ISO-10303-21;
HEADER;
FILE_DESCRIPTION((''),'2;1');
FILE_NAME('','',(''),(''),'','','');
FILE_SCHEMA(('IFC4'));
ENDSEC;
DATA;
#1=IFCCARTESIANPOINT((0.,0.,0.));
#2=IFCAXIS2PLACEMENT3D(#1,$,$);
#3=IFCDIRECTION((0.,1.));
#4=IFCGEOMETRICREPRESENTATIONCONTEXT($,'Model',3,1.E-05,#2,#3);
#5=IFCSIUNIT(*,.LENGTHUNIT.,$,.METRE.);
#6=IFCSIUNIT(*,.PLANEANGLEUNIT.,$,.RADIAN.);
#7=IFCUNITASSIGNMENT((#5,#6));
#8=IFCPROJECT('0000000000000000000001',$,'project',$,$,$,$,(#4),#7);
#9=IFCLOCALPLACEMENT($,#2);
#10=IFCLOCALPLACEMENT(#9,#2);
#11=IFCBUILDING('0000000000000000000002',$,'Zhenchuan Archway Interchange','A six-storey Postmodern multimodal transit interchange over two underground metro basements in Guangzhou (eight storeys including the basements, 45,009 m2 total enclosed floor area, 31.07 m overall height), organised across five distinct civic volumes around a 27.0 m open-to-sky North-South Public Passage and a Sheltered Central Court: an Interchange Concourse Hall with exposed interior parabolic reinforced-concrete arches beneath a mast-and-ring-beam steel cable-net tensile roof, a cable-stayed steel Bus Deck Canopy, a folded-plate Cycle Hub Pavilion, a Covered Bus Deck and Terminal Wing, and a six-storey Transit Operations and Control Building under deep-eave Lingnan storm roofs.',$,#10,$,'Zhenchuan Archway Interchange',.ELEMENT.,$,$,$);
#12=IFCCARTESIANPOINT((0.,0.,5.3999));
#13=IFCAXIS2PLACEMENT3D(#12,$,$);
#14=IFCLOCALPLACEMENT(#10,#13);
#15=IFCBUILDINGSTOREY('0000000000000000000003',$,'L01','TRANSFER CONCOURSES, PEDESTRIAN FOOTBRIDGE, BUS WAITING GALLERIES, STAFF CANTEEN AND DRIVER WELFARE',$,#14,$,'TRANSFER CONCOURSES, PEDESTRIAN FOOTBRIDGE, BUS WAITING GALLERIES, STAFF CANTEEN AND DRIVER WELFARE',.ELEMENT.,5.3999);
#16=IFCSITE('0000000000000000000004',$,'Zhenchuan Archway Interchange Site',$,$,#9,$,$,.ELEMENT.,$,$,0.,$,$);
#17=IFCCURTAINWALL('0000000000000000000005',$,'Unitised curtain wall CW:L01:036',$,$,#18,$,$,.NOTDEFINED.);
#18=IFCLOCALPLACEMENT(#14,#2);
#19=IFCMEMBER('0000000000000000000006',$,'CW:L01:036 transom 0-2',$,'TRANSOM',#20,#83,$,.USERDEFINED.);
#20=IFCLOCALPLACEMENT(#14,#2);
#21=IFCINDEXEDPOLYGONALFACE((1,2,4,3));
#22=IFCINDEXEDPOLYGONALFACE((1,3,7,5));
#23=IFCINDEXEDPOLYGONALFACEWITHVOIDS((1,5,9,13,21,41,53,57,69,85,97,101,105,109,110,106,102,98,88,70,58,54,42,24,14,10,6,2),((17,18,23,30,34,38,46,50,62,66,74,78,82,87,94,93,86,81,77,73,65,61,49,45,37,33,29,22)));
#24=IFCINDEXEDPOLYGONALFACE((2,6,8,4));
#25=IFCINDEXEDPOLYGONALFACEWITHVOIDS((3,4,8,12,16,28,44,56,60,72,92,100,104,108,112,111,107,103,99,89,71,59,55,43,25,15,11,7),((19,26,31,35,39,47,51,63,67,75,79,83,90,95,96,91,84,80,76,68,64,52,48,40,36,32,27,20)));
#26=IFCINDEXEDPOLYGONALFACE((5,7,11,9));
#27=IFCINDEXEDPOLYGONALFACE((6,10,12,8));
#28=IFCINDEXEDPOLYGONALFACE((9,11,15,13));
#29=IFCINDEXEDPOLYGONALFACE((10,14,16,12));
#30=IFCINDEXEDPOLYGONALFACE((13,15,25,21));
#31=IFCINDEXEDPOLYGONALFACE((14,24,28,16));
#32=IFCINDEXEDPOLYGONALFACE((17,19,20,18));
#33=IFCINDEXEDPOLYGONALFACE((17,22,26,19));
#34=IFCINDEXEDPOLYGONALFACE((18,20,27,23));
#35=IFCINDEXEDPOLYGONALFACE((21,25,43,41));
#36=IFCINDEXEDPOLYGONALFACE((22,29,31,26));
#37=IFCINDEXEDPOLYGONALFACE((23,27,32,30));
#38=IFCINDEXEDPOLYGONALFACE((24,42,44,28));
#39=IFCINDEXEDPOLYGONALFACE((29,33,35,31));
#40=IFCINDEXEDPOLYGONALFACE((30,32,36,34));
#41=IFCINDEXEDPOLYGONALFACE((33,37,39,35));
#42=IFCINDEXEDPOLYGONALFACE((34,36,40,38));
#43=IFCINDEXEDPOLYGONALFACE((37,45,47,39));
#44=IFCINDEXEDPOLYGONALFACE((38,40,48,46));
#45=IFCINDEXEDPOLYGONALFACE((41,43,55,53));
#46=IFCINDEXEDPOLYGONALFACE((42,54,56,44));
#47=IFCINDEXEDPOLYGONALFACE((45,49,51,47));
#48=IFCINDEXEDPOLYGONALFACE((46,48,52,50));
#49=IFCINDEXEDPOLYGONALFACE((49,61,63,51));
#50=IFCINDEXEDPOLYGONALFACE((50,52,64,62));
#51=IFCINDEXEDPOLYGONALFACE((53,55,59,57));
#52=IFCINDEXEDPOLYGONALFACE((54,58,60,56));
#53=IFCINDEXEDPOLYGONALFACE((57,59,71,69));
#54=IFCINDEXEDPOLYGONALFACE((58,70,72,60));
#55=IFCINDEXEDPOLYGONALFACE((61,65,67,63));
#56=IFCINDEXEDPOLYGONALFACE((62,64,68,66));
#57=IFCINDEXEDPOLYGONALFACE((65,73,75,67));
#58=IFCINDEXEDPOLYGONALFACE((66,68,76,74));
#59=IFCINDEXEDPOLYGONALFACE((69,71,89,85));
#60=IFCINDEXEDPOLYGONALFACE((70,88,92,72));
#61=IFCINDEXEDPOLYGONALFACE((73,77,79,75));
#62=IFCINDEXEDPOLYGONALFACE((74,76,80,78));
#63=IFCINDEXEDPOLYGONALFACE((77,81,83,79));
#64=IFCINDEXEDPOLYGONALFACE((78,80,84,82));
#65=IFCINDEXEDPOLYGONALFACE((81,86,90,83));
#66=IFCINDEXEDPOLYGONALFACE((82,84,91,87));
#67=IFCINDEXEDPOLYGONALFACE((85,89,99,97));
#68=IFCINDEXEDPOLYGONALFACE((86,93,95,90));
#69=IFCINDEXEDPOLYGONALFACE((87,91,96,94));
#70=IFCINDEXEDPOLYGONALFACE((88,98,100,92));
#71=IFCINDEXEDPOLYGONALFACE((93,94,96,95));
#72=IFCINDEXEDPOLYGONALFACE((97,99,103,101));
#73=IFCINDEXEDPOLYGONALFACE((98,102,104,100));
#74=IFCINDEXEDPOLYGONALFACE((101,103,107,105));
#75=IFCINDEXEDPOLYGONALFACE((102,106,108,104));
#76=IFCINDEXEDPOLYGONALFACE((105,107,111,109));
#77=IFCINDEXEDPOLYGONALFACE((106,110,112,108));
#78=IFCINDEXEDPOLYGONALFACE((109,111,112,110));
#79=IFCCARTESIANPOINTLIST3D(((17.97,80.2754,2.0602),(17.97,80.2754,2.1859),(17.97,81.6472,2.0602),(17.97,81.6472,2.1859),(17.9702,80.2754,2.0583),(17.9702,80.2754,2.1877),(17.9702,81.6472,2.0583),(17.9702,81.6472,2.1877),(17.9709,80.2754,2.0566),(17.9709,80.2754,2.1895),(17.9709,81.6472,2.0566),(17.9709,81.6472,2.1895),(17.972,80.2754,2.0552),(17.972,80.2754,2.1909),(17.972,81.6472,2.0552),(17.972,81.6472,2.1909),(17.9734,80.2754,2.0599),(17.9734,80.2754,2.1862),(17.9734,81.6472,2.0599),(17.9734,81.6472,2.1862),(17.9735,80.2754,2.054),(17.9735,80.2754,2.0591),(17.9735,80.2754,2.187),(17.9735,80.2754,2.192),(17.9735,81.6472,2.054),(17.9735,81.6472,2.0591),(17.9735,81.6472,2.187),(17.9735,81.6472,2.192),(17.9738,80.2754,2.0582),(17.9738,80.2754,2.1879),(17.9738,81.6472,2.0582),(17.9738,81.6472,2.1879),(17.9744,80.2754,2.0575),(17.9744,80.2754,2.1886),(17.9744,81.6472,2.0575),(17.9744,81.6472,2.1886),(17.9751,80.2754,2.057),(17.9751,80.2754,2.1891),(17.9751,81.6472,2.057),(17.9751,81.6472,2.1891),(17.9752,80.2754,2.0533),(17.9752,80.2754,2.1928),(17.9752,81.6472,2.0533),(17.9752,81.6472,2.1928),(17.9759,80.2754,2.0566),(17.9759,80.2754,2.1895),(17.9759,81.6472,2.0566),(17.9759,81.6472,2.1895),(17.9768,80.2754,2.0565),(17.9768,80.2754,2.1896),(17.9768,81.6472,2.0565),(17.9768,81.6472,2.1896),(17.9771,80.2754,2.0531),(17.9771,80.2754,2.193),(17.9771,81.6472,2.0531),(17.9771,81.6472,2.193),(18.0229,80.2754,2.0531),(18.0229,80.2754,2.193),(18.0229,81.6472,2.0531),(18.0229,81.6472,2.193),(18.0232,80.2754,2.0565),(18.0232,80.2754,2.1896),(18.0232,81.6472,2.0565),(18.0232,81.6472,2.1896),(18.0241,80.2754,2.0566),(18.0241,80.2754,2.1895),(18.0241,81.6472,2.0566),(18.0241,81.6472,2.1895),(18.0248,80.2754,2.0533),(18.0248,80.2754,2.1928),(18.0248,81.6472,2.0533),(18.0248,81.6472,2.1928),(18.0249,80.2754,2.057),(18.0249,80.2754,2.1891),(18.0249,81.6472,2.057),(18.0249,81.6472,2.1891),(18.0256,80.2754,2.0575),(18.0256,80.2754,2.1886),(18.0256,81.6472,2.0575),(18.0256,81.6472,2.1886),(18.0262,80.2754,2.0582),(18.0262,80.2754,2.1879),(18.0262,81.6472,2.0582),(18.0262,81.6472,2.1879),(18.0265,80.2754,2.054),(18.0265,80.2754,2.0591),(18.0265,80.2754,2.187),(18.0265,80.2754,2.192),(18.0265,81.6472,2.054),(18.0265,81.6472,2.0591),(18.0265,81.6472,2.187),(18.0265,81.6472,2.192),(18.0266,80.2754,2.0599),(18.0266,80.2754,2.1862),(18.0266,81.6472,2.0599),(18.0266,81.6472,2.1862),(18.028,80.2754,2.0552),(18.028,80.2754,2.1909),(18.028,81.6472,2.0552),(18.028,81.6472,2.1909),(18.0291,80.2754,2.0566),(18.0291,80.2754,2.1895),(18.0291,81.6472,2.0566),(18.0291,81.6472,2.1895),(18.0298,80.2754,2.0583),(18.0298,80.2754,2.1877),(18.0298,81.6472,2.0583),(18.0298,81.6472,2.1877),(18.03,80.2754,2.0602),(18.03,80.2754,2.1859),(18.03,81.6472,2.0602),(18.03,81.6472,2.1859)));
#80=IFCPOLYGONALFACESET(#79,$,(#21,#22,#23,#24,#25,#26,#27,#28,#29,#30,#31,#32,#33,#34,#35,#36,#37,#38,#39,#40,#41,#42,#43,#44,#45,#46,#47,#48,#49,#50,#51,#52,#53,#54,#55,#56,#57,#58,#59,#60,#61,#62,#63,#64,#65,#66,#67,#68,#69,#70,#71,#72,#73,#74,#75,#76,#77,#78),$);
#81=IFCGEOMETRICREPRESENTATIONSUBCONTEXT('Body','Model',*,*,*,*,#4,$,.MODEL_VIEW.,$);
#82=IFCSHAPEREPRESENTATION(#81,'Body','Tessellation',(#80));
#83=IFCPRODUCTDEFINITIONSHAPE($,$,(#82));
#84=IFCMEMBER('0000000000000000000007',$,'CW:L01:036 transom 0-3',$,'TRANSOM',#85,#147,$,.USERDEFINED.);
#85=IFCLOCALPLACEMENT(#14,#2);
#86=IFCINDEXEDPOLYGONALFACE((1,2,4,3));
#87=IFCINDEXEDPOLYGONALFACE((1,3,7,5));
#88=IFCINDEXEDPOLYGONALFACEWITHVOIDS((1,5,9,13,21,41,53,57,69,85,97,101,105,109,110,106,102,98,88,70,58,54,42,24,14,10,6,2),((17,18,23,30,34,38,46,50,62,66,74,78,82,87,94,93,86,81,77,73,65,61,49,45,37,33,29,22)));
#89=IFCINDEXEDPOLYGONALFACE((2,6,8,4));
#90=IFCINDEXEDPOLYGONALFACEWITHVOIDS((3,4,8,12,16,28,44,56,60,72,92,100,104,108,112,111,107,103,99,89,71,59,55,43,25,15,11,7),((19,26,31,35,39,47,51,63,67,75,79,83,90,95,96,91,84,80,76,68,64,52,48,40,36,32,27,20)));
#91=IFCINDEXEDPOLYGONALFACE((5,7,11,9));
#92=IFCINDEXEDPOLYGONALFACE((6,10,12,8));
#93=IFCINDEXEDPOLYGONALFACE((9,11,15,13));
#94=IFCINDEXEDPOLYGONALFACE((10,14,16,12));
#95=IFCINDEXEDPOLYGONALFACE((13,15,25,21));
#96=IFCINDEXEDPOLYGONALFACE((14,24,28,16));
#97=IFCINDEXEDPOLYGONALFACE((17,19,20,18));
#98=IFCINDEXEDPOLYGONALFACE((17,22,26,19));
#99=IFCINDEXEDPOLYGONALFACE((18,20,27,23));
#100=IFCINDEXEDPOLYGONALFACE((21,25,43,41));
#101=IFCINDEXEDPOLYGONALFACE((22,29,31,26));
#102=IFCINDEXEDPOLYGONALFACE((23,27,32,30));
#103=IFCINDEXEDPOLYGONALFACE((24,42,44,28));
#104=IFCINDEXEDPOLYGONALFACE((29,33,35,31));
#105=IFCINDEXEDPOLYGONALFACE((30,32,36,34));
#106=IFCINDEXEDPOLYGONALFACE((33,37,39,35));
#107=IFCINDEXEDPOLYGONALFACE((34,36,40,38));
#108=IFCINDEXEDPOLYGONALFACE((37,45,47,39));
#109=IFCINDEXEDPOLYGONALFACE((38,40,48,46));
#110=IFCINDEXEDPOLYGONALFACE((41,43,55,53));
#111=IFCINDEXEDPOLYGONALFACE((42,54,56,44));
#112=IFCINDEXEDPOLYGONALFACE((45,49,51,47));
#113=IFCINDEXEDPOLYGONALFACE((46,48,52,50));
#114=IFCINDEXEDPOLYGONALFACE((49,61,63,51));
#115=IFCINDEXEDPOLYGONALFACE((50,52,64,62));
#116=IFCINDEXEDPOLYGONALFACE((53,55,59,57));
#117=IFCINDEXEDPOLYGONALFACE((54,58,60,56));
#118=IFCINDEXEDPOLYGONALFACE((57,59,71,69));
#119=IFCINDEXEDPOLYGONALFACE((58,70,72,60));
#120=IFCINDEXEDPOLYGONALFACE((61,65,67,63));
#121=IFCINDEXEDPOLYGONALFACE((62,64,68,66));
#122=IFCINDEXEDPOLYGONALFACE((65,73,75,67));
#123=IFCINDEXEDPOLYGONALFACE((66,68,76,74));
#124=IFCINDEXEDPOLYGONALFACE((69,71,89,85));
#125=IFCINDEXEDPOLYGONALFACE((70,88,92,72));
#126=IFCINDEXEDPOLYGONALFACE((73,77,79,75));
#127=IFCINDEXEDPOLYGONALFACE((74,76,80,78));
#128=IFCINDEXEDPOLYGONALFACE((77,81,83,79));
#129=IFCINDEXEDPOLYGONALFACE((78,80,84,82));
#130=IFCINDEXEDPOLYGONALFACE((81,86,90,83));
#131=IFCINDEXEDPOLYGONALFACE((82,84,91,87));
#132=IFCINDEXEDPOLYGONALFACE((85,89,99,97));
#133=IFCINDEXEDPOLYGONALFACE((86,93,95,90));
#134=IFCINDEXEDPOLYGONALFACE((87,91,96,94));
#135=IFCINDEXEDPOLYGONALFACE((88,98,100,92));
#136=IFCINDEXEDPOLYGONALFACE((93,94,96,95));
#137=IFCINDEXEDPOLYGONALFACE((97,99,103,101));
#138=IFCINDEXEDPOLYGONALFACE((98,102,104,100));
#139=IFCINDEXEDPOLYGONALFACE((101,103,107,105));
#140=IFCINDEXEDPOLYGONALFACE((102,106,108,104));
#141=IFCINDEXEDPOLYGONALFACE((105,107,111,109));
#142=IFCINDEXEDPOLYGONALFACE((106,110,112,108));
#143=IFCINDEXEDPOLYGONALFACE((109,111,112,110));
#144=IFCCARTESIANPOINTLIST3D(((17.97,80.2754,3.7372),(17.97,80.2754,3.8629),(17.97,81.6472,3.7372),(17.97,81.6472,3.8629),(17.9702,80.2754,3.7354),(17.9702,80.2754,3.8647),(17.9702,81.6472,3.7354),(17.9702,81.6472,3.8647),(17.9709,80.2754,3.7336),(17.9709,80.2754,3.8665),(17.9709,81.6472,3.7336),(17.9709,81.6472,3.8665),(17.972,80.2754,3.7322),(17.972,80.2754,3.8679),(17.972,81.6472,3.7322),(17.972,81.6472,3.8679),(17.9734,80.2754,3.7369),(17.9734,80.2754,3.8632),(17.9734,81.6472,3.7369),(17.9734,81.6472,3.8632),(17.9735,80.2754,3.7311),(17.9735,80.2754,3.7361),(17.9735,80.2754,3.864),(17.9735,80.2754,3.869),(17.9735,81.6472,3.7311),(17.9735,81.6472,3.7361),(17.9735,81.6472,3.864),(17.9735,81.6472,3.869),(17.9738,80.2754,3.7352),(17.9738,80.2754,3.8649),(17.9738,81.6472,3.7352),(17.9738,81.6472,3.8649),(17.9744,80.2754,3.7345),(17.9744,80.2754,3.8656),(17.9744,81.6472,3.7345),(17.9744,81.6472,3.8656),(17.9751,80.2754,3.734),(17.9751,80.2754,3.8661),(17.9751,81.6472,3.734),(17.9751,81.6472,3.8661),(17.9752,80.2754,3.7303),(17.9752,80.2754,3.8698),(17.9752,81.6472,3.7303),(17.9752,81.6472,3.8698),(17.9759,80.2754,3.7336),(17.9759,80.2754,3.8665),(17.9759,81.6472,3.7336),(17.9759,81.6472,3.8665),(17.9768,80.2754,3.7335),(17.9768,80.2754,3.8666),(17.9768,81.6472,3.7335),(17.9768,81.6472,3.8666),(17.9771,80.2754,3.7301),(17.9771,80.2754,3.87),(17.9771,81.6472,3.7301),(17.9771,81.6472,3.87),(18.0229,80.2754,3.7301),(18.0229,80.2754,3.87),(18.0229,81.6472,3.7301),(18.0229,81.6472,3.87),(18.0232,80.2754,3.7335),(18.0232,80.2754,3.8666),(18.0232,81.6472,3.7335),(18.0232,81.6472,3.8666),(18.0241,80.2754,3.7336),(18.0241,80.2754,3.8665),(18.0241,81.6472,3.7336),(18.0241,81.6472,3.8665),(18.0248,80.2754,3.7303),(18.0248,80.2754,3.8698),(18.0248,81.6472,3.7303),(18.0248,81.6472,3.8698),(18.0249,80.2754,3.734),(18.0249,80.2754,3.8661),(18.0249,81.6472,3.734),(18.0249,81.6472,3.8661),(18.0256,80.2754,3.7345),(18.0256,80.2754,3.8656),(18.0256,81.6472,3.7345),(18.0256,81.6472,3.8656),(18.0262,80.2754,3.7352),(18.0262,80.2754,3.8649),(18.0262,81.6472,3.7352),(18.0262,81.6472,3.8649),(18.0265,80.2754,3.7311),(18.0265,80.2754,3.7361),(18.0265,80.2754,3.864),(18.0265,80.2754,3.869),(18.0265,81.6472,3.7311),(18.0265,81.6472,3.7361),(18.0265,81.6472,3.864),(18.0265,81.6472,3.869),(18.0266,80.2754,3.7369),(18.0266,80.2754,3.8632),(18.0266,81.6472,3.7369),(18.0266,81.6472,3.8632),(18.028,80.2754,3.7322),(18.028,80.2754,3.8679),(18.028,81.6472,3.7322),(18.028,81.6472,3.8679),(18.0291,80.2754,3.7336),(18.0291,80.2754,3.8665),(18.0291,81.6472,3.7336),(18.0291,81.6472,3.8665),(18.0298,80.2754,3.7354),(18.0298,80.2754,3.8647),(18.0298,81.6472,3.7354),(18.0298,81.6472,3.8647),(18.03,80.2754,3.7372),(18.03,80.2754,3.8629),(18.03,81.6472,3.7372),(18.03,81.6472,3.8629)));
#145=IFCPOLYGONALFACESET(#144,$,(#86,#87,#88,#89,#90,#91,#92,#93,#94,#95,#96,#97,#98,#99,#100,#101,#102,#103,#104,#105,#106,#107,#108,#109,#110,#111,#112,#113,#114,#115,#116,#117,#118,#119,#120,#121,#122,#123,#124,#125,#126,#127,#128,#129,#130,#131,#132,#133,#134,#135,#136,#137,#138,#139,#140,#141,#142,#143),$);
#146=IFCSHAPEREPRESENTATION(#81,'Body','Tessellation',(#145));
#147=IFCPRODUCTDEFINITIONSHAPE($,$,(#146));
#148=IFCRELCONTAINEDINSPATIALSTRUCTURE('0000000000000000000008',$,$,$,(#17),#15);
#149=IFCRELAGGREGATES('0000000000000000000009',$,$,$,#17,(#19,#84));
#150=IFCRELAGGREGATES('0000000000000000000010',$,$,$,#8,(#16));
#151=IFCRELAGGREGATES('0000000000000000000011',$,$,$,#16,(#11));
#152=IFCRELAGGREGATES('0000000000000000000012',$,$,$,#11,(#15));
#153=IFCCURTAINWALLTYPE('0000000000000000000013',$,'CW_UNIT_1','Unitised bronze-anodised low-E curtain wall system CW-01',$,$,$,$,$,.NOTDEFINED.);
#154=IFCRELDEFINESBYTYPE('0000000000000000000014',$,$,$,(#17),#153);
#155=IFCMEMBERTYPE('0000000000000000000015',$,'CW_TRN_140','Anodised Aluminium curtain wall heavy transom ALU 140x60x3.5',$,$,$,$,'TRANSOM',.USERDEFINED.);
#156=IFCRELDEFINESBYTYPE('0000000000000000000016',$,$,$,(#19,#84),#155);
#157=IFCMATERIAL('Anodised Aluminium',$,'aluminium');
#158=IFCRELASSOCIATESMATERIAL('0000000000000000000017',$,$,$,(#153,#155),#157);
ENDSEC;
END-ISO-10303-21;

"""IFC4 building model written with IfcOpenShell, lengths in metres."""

from ifc_helpers import new_model, si_unit, direction, frame, origin, origin_2d, place, context, subcontext, project, spatial, hollow_rectangle, extrude, material, material_profile, profile_set, type_object, element, aggregate, save


model = new_model("IFC4")

# Units and contexts
model_context = context("Model", 3, precision=1e-05, world=origin(), true_north=direction((0.0, 1.0)))
body_context = subcontext(model_context, "Body", "Model", "MODEL_VIEW")
ifc_project = project(units=[si_unit("LENGTHUNIT", "METRE"), si_unit("PLANEANGLEUNIT", "RADIAN")], contexts=[model_context])

# Site, building, storey
site_placement = place(None, origin())
site = spatial("IfcSite", under=ifc_project, at=site_placement, Name="Zhenchuan Archway Interchange Site", CompositionType="ELEMENT", RefElevation=0.0)
building_placement = place(site_placement, origin())
building = spatial("IfcBuilding", under=site, at=building_placement, Name="Zhenchuan Archway Interchange", Description="A six-storey Postmodern multimodal transit interchange over two underground metro basements in Guangzhou (eight storeys including the basements, 45,009 m2 total enclosed floor area, 31.07 m overall height), organised across five distinct civic volumes around a 27.0 m open-to-sky North-South Public Passage and a Sheltered Central Court: an Interchange Concourse Hall with exposed interior parabolic reinforced-concrete arches beneath a mast-and-ring-beam steel cable-net tensile roof, a cable-stayed steel Bus Deck Canopy, a folded-plate Cycle Hub Pavilion, a Covered Bus Deck and Terminal Wing, and a six-storey Transit Operations and Control Building under deep-eave Lingnan storm roofs.", LongName="Zhenchuan Archway Interchange", CompositionType="ELEMENT")
storey_placement = place(building_placement, frame((0.0, 0.0, 5.3999)))
storey = spatial("IfcBuildingStorey", under=building, at=storey_placement, Name="L01", Description="TRANSFER CONCOURSES, PEDESTRIAN FOOTBRIDGE, BUS WAITING GALLERIES, STAFF CANTEEN AND DRIVER WELFARE", LongName="TRANSFER CONCOURSES, PEDESTRIAN FOOTBRIDGE, BUS WAITING GALLERIES, STAFF CANTEEN AND DRIVER WELFARE", CompositionType="ELEMENT", Elevation=5.3999)

# Curtain wall, members
ifc_material_1 = material(Name="Anodised Aluminium", Category="aluminium")
curtain_wall_type = type_object("IfcCurtainWallType", Name="CW_UNIT_1", Description="Unitised bronze-anodised low-E curtain wall system CW-01", PredefinedType="NOTDEFINED", material=ifc_material_1)
curtain_wall_placement = place(storey_placement, origin())
curtain_wall = element("IfcCurtainWall", 1, at=curtain_wall_placement, inside=storey, type_object=curtain_wall_type, Name="Unitised curtain wall CW:L01:036", PredefinedType="NOTDEFINED")
ifc_material_profile_1 = material_profile(ifc_material_1, hollow_rectangle(XDim=0.0601, YDim=0.1399, WallThickness=0.0034, InnerFilletRadius=0.0034, OuterFilletRadius=0.0071, at=origin_2d()), Name="ALU 140x60x3.5")
ifc_profile_set_1 = profile_set([ifc_material_profile_1], Name="Anodised Aluminium")
member_type_1 = type_object("IfcMemberType", Name="CW_TRN_140", Description="Anodised Aluminium curtain wall heavy transom ALU 140x60x3.5", ElementType="TRANSOM", PredefinedType="USERDEFINED", material=ifc_profile_set_1)
member_1_placement = place(storey_placement, frame((18.0, 80.2754, 2.123), z_axis=(0.0, 1.0, 0.0), x_axis=(-1.0, 0.0, 0.0)))
member_1 = element("IfcMember", 2, at=member_1_placement, type_object=member_type_1, Name="CW:L01:036 transom 0-2", ObjectType="TRANSOM", PredefinedType="USERDEFINED", context=body_context, shape_type="SweptSolid", body=[
    extrude(hollow_rectangle(XDim=0.0601, YDim=0.1399, WallThickness=0.0034, InnerFilletRadius=0.0034, OuterFilletRadius=0.0071, at=origin_2d()), origin(), (0.0, 0.0, 1.0), 1.3718),
])
member_2_placement = place(storey_placement, frame((18.0, 80.2754, 3.8), z_axis=(0.0, 1.0, 0.0), x_axis=(-1.0, 0.0, 0.0)))
member_2 = element("IfcMember", 3, at=member_2_placement, type_object=member_type_1, Name="CW:L01:036 transom 0-3", ObjectType="TRANSOM", PredefinedType="USERDEFINED", context=body_context, shape_type="SweptSolid", body=[
    extrude(hollow_rectangle(XDim=0.0601, YDim=0.1399, WallThickness=0.0034, InnerFilletRadius=0.0034, OuterFilletRadius=0.0071, at=origin_2d()), origin(), (0.0, 0.0, 1.0), 1.3718),
])
aggregate(curtain_wall, [member_1, member_2])

save(model, "model.ifc")
